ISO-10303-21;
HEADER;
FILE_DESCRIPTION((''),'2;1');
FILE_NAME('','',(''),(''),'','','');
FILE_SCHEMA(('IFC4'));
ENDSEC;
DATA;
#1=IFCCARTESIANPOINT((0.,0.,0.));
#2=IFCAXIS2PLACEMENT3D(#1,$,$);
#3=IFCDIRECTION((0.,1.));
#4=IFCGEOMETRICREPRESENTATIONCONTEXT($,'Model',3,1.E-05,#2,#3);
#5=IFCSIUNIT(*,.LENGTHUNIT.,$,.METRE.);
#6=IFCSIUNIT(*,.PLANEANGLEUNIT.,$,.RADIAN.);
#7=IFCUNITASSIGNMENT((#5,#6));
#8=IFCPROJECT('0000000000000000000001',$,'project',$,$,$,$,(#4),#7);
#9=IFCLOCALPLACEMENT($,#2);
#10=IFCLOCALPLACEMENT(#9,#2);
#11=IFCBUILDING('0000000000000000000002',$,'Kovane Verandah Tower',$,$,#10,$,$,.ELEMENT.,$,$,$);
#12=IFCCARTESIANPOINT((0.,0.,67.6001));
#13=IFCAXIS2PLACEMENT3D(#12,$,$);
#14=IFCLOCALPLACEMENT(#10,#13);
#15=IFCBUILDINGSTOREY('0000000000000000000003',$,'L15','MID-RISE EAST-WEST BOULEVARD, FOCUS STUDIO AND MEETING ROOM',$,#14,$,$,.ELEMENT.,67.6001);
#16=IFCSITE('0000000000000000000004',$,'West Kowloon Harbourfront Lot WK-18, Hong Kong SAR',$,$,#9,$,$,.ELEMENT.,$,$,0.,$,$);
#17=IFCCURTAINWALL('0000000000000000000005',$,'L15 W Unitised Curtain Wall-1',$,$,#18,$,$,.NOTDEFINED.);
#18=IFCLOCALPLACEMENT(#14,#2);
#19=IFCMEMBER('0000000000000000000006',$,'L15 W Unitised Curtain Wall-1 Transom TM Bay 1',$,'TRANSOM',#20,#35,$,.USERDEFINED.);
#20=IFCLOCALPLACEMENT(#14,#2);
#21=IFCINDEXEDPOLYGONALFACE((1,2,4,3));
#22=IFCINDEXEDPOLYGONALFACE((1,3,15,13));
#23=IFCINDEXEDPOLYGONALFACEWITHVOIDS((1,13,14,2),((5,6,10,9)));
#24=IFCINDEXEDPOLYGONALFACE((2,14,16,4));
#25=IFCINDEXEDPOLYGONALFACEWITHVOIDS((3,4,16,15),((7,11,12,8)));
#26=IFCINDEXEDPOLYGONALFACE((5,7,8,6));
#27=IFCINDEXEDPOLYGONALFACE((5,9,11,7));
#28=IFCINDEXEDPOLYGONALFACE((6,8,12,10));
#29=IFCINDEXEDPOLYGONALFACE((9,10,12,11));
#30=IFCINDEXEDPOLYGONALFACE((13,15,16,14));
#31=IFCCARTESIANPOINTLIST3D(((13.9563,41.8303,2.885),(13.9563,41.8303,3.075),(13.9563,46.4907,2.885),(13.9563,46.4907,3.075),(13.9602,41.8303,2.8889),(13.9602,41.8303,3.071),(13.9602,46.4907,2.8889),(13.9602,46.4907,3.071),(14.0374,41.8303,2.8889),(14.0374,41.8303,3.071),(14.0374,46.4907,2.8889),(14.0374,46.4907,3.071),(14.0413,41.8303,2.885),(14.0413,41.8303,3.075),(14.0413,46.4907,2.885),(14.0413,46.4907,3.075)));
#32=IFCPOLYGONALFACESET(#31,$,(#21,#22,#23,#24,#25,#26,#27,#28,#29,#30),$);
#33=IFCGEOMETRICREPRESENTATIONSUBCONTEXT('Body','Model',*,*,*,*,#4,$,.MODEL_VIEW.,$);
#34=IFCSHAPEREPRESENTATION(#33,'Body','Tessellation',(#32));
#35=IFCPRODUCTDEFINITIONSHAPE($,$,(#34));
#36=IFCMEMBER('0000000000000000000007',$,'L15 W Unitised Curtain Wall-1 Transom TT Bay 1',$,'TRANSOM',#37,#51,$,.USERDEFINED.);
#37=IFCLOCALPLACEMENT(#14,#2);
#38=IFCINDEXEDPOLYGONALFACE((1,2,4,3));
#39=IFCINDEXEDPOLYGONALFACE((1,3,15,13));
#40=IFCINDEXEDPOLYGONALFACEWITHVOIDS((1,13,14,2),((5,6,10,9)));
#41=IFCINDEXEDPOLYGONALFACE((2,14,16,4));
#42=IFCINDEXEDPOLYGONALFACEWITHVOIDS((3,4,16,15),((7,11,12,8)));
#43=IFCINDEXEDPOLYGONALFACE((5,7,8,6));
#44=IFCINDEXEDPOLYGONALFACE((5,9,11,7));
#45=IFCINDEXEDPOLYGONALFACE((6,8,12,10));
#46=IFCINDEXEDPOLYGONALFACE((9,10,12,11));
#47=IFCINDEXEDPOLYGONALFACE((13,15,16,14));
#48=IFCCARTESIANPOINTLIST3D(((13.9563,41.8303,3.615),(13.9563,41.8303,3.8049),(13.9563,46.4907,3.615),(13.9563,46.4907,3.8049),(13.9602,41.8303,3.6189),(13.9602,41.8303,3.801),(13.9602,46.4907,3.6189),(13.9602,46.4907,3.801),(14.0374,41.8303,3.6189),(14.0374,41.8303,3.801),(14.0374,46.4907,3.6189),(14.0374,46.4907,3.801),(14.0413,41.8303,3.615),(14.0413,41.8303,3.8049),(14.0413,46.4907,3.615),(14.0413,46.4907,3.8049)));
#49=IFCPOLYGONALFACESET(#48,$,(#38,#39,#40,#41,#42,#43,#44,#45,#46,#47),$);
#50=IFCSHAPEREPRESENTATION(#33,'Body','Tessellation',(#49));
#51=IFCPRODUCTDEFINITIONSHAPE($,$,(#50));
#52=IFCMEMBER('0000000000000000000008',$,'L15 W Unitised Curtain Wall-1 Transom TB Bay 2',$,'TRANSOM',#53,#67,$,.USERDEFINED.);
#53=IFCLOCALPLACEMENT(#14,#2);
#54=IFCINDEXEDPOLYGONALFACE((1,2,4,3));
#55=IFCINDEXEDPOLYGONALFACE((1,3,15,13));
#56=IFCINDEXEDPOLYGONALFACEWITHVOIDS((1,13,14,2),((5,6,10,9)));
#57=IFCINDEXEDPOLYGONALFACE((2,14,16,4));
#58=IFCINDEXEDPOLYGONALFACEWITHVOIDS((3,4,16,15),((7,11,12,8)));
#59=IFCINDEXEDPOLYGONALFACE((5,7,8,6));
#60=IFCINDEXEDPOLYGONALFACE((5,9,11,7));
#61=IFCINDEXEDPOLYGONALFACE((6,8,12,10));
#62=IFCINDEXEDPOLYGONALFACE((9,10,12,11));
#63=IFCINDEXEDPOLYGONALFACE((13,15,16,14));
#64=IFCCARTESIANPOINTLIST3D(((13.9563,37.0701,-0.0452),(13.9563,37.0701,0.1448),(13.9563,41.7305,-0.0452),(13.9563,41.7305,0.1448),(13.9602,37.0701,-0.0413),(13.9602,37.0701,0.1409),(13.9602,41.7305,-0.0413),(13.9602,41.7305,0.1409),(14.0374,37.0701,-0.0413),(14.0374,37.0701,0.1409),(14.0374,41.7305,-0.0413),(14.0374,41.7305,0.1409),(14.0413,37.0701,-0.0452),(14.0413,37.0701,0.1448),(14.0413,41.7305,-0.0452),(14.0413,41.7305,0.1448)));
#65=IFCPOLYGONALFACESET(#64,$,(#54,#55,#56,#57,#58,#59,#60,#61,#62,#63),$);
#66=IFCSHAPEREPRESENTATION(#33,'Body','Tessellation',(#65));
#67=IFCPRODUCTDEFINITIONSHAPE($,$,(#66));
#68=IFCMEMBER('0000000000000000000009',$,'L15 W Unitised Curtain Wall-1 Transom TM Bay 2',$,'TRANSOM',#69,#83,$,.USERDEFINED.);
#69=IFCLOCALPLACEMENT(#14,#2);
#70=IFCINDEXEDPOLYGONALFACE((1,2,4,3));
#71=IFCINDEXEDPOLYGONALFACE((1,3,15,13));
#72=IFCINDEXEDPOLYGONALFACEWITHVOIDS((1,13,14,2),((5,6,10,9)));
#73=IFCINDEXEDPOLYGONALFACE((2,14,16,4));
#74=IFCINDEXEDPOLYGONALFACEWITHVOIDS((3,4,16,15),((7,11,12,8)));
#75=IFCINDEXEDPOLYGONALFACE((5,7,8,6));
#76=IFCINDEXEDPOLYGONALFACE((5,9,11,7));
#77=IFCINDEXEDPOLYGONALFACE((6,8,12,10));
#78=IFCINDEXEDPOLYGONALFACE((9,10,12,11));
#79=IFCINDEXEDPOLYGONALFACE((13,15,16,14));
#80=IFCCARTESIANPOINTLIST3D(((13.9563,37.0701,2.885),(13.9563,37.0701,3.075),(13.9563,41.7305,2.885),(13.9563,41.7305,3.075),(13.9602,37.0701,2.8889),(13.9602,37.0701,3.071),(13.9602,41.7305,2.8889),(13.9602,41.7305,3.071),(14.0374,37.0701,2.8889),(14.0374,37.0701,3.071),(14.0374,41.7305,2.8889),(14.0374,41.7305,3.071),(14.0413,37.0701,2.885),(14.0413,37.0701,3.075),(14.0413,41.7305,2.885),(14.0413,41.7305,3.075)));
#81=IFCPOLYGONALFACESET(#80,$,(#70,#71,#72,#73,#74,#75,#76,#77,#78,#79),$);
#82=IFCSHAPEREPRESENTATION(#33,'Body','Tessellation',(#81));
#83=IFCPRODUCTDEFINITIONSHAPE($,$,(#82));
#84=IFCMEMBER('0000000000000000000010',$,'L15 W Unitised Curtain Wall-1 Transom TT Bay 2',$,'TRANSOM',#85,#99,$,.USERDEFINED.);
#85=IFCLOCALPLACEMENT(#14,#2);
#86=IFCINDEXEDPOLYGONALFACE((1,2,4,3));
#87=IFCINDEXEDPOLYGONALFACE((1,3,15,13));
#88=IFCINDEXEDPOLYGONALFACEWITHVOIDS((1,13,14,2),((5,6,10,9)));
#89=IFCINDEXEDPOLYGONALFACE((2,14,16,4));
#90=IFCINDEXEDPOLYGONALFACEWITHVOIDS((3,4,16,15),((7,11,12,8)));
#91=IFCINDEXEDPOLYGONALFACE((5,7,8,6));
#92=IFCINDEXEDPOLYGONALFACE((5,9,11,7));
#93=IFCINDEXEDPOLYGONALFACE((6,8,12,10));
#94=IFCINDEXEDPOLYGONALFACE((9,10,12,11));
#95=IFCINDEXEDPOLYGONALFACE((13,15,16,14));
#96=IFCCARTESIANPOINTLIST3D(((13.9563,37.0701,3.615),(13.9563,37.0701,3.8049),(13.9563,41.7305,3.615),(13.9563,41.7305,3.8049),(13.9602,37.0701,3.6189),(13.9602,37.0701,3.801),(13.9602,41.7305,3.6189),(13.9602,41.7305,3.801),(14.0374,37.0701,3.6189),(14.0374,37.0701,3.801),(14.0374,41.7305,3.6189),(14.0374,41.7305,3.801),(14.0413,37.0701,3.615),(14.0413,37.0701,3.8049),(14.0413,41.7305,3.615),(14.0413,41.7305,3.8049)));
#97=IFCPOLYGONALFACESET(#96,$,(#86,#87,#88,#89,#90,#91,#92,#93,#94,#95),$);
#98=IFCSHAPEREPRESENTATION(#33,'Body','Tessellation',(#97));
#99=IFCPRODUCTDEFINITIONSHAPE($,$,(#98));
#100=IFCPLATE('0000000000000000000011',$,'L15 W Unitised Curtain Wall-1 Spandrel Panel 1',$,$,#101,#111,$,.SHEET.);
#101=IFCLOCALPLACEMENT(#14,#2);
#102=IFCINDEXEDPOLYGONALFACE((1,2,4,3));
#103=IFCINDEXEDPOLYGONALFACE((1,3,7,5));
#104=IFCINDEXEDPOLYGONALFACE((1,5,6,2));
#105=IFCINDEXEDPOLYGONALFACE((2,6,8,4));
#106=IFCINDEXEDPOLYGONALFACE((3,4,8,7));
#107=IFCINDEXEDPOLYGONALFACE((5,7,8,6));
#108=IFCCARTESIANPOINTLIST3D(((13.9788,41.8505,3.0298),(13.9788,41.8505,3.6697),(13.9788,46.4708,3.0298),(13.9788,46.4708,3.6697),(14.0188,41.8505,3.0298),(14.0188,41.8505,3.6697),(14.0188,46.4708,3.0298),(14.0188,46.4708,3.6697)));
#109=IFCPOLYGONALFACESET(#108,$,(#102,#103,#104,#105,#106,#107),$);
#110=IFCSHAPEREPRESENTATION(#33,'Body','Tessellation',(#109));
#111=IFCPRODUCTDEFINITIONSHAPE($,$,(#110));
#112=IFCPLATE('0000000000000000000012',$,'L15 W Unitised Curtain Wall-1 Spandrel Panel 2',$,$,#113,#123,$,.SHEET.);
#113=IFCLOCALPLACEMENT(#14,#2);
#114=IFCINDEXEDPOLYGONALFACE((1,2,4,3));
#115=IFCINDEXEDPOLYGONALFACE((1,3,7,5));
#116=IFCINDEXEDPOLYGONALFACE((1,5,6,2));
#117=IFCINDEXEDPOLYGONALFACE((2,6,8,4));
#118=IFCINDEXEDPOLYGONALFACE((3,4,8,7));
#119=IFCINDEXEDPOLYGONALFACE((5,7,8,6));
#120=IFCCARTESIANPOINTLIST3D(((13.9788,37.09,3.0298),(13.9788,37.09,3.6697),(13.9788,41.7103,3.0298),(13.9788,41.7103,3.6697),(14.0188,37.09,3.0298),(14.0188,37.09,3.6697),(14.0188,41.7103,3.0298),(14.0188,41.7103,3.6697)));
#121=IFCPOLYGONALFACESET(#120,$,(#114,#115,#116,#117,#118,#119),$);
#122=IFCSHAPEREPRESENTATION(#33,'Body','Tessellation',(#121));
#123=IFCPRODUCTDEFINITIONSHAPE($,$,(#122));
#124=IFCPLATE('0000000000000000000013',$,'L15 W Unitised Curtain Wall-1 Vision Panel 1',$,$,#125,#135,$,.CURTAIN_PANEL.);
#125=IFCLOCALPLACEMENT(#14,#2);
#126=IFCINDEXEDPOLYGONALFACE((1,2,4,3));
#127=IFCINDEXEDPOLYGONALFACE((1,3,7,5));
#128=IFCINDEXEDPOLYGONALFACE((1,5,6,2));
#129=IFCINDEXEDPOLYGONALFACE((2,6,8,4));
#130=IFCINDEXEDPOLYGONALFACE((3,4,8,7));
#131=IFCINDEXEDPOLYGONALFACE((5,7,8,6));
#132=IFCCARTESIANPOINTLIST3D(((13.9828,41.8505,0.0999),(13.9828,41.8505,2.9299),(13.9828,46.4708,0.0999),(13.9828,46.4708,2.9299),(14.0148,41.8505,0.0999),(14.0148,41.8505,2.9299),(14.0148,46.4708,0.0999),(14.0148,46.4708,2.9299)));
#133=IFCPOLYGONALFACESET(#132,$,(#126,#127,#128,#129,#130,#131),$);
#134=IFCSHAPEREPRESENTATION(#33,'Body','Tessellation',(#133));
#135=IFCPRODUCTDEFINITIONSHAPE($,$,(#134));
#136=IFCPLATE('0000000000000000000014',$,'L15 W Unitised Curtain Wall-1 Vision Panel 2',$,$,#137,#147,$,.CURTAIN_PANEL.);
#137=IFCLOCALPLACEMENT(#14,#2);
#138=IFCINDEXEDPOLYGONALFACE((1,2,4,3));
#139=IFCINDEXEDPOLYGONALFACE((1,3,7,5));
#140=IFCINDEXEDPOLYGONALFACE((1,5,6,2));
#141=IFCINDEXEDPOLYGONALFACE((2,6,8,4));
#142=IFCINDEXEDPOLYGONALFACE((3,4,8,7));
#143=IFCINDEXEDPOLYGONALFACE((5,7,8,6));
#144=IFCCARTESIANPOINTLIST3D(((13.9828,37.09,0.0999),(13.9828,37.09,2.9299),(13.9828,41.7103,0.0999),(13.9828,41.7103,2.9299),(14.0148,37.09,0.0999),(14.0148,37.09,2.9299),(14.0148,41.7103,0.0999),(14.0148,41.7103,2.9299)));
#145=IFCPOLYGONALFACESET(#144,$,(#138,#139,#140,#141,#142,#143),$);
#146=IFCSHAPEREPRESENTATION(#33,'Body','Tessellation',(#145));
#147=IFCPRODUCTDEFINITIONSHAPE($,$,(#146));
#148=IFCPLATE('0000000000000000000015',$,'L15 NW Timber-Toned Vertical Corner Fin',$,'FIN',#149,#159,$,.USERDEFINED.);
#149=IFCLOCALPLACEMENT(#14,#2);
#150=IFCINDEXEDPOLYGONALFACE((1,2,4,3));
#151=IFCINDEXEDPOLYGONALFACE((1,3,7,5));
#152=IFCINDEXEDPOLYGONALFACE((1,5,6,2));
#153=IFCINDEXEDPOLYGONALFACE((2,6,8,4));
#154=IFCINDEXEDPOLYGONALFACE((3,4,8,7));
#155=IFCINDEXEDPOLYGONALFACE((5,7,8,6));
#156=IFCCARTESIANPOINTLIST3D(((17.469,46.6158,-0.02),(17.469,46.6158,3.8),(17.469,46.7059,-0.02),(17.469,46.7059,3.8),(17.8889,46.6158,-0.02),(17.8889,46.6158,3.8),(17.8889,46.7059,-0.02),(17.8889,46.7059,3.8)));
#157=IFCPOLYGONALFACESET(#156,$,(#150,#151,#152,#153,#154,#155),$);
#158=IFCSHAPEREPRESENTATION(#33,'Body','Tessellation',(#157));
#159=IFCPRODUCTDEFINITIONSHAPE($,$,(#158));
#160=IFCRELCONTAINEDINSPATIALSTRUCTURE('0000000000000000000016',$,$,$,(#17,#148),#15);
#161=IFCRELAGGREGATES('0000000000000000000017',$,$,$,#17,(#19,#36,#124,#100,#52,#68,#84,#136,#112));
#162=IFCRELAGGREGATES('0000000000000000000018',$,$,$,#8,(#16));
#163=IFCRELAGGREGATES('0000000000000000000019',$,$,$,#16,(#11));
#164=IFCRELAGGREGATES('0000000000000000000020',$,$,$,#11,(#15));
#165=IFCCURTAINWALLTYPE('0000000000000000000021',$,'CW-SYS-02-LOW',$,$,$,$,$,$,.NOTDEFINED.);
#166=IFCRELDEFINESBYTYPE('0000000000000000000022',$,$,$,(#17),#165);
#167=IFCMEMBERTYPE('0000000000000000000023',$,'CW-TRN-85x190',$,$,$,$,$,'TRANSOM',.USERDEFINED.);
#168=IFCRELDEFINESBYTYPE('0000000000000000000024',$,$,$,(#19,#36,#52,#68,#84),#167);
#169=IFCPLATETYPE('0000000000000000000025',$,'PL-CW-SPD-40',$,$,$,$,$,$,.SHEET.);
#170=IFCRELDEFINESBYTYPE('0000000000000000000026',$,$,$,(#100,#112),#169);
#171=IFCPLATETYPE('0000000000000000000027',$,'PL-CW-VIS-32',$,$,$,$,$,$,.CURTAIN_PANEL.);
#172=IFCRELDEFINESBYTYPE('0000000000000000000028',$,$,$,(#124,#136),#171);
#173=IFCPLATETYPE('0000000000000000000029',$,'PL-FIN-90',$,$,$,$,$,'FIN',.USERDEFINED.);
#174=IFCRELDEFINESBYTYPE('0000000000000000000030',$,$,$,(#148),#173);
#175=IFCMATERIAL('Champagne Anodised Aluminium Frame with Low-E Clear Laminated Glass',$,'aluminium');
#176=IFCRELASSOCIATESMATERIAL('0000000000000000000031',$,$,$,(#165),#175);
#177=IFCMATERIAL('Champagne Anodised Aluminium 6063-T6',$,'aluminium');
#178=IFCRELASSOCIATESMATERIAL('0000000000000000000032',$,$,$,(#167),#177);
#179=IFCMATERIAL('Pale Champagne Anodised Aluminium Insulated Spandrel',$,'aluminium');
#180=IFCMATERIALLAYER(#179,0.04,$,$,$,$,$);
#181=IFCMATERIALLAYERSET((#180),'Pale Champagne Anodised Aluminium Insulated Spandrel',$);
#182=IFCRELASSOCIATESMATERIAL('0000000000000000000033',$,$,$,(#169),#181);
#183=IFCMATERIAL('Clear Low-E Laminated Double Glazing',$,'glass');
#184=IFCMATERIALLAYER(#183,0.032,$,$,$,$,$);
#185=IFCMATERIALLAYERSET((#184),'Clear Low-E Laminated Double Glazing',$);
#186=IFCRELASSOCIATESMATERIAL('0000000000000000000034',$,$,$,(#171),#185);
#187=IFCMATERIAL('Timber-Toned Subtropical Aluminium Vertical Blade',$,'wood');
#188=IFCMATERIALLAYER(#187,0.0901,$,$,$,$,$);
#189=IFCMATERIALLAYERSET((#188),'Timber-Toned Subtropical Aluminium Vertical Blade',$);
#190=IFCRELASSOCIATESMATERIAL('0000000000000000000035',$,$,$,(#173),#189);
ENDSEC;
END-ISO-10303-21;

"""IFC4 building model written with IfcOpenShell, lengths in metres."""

from ifc_helpers import new_model, si_unit, direction, frame, origin, origin_2d, place, context, subcontext, project, spatial, rectangle, hollow_rectangle, extrude, material, layer, layer_set, material_profile, profile_set, type_object, element, aggregate, save


model = new_model("IFC4")

# Units and contexts
model_context = context("Model", 3, precision=1e-05, world=origin(), true_north=direction((0.0, 1.0)))
body_context = subcontext(model_context, "Body", "Model", "MODEL_VIEW")
ifc_project = project(units=[si_unit("LENGTHUNIT", "METRE"), si_unit("PLANEANGLEUNIT", "RADIAN")], contexts=[model_context])

# Site, building, storey
site_placement = place(None, origin())
site = spatial("IfcSite", under=ifc_project, at=site_placement, Name="West Kowloon Harbourfront Lot WK-18, Hong Kong SAR", CompositionType="ELEMENT", RefElevation=0.0)
building_placement = place(site_placement, origin())
building = spatial("IfcBuilding", under=site, at=building_placement, Name="Kovane Verandah Tower", CompositionType="ELEMENT")
storey_placement = place(building_placement, frame((0.0, 0.0, 67.6001)))
storey = spatial("IfcBuildingStorey", under=building, at=storey_placement, Name="L15", Description="MID-RISE EAST-WEST BOULEVARD, FOCUS STUDIO AND MEETING ROOM", CompositionType="ELEMENT", Elevation=67.6001)

# Curtain wall
ifc_material_1 = material(Name="Champagne Anodised Aluminium Frame with Low-E Clear Laminated Glass", Category="aluminium")
curtain_wall_type = type_object("IfcCurtainWallType", Name="CW-SYS-02-LOW", PredefinedType="NOTDEFINED", material=ifc_material_1)
curtain_wall_1_placement = place(storey_placement, origin())
curtain_wall_1 = element("IfcCurtainWall", 1, at=curtain_wall_1_placement, inside=storey, type_object=curtain_wall_type, Name="L15 W Unitised Curtain Wall-1", PredefinedType="NOTDEFINED")
ifc_material_2 = material(Name="Champagne Anodised Aluminium 6063-T6", Category="aluminium")

# Members
ifc_material_profile_1 = material_profile(ifc_material_2, hollow_rectangle(XDim=0.085, YDim=0.1899, WallThickness=0.0039, at=origin_2d()), Name="AL85x190x4")
ifc_profile_set_1 = profile_set([ifc_material_profile_1], Name="Champagne Anodised Aluminium 6063-T6")
member_type_1 = type_object("IfcMemberType", Name="CW-TRN-85x190", ElementType="TRANSOM", PredefinedType="USERDEFINED", material=ifc_profile_set_1)
member_1_placement = place(storey_placement, frame((13.9988, 46.4907, 2.98), z_axis=(0.0, -1.0, 0.0), x_axis=(1.0, 0.0, 0.0)))
member_1 = element("IfcMember", 2, at=member_1_placement, type_object=member_type_1, Name="L15 W Unitised Curtain Wall-1 Transom TM Bay 1", ObjectType="TRANSOM", PredefinedType="USERDEFINED", context=body_context, shape_type="SweptSolid", body=[
    extrude(hollow_rectangle(XDim=0.085, YDim=0.1899, WallThickness=0.0039, at=origin_2d()), origin(), (0.0, 0.0, 1.0), 4.6604),
])
member_2_placement = place(storey_placement, frame((13.9988, 46.4907, 3.71), z_axis=(0.0, -1.0, 0.0), x_axis=(1.0, 0.0, 0.0)))
member_2 = element("IfcMember", 3, at=member_2_placement, type_object=member_type_1, Name="L15 W Unitised Curtain Wall-1 Transom TT Bay 1", ObjectType="TRANSOM", PredefinedType="USERDEFINED", context=body_context, shape_type="SweptSolid", body=[
    extrude(hollow_rectangle(XDim=0.085, YDim=0.1899, WallThickness=0.0039, at=origin_2d()), origin(), (0.0, 0.0, 1.0), 4.6604),
])
member_3_placement = place(storey_placement, frame((13.9988, 41.7305, 0.0498), z_axis=(0.0, -1.0, 0.0), x_axis=(1.0, 0.0, 0.0)))
member_3 = element("IfcMember", 4, at=member_3_placement, type_object=member_type_1, Name="L15 W Unitised Curtain Wall-1 Transom TB Bay 2", ObjectType="TRANSOM", PredefinedType="USERDEFINED", context=body_context, shape_type="SweptSolid", body=[
    extrude(hollow_rectangle(XDim=0.085, YDim=0.1899, WallThickness=0.0039, at=origin_2d()), origin(), (0.0, 0.0, 1.0), 4.6604),
])
member_4_placement = place(storey_placement, frame((13.9988, 41.7305, 2.98), z_axis=(0.0, -1.0, 0.0), x_axis=(1.0, 0.0, 0.0)))
member_4 = element("IfcMember", 5, at=member_4_placement, type_object=member_type_1, Name="L15 W Unitised Curtain Wall-1 Transom TM Bay 2", ObjectType="TRANSOM", PredefinedType="USERDEFINED", context=body_context, shape_type="SweptSolid", body=[
    extrude(hollow_rectangle(XDim=0.085, YDim=0.1899, WallThickness=0.0039, at=origin_2d()), origin(), (0.0, 0.0, 1.0), 4.6604),
])
member_5_placement = place(storey_placement, frame((13.9988, 41.7305, 3.71), z_axis=(0.0, -1.0, 0.0), x_axis=(1.0, 0.0, 0.0)))
member_5 = element("IfcMember", 6, at=member_5_placement, type_object=member_type_1, Name="L15 W Unitised Curtain Wall-1 Transom TT Bay 2", ObjectType="TRANSOM", PredefinedType="USERDEFINED", context=body_context, shape_type="SweptSolid", body=[
    extrude(hollow_rectangle(XDim=0.085, YDim=0.1899, WallThickness=0.0039, at=origin_2d()), origin(), (0.0, 0.0, 1.0), 4.6604),
])

# Plates
ifc_material_3 = material(Name="Pale Champagne Anodised Aluminium Insulated Spandrel", Category="aluminium")
ifc_layer_1 = layer(ifc_material_3, 0.04)
ifc_layer_set_1 = layer_set([ifc_layer_1], Name="Pale Champagne Anodised Aluminium Insulated Spandrel")
plate_type_1 = type_object("IfcPlateType", Name="PL-CW-SPD-40", PredefinedType="SHEET", material=ifc_layer_set_1)
plate_1_placement = place(storey_placement, frame((13.9988, 44.1606, 3.0298), z_axis=(0.0, 0.0, 1.0), x_axis=(0.0, -1.0, 0.0)))
plate_1 = element("IfcPlate", 7, at=plate_1_placement, type_object=plate_type_1, Name="L15 W Unitised Curtain Wall-1 Spandrel Panel 1", PredefinedType="SHEET", context=body_context, shape_type="SweptSolid", body=[
    extrude(rectangle(XDim=4.6204, YDim=0.04, at=origin_2d()), origin(), (0.0, 0.0, 1.0), 0.6399),
])
plate_2_placement = place(storey_placement, frame((13.9988, 39.4001, 3.0298), z_axis=(0.0, 0.0, 1.0), x_axis=(0.0, -1.0, 0.0)))
plate_2 = element("IfcPlate", 8, at=plate_2_placement, type_object=plate_type_1, Name="L15 W Unitised Curtain Wall-1 Spandrel Panel 2", PredefinedType="SHEET", context=body_context, shape_type="SweptSolid", body=[
    extrude(rectangle(XDim=4.6204, YDim=0.04, at=origin_2d()), origin(), (0.0, 0.0, 1.0), 0.6399),
])
ifc_material_4 = material(Name="Clear Low-E Laminated Double Glazing", Category="glass")
ifc_layer_2 = layer(ifc_material_4, 0.032)
ifc_layer_set_2 = layer_set([ifc_layer_2], Name="Clear Low-E Laminated Double Glazing")
plate_type_2 = type_object("IfcPlateType", Name="PL-CW-VIS-32", PredefinedType="CURTAIN_PANEL", material=ifc_layer_set_2)
plate_3_placement = place(storey_placement, frame((13.9988, 44.1606, 0.0999), z_axis=(0.0, 0.0, 1.0), x_axis=(0.0, -1.0, 0.0)))
plate_3 = element("IfcPlate", 9, at=plate_3_placement, type_object=plate_type_2, Name="L15 W Unitised Curtain Wall-1 Vision Panel 1", PredefinedType="CURTAIN_PANEL", context=body_context, shape_type="SweptSolid", body=[
    extrude(rectangle(XDim=4.6204, YDim=0.032, at=origin_2d()), origin(), (0.0, 0.0, 1.0), 2.8301),
])
plate_4_placement = place(storey_placement, frame((13.9988, 39.4001, 0.0999), z_axis=(0.0, 0.0, 1.0), x_axis=(0.0, -1.0, 0.0)))
plate_4 = element("IfcPlate", 10, at=plate_4_placement, type_object=plate_type_2, Name="L15 W Unitised Curtain Wall-1 Vision Panel 2", PredefinedType="CURTAIN_PANEL", context=body_context, shape_type="SweptSolid", body=[
    extrude(rectangle(XDim=4.6204, YDim=0.032, at=origin_2d()), origin(), (0.0, 0.0, 1.0), 2.8301),
])
aggregate(curtain_wall_1, [member_1, member_2, plate_3, plate_1, member_3, member_4, member_5, plate_4, plate_2])
ifc_material_5 = material(Name="Timber-Toned Subtropical Aluminium Vertical Blade", Category="wood")
ifc_layer_3 = layer(ifc_material_5, 0.0901)
ifc_layer_set_3 = layer_set([ifc_layer_3], Name="Timber-Toned Subtropical Aluminium Vertical Blade")
plate_type_3 = type_object("IfcPlateType", Name="PL-FIN-90", ElementType="FIN", PredefinedType="USERDEFINED", material=ifc_layer_set_3)
plate_5_placement = place(storey_placement, frame((17.679, 46.6609, -0.02), z_axis=(0.0, 0.0, 1.0), x_axis=(1.0, 0.0, 0.0)))
element("IfcPlate", 11, at=plate_5_placement, inside=storey, type_object=plate_type_3, Name="L15 NW Timber-Toned Vertical Corner Fin", ObjectType="FIN", PredefinedType="USERDEFINED", context=body_context, shape_type="SweptSolid", body=[
    extrude(rectangle(XDim=0.4199, YDim=0.0901, at=origin_2d()), origin(), (0.0, 0.0, 1.0), 3.8201),
])

save(model, "model.ifc")
